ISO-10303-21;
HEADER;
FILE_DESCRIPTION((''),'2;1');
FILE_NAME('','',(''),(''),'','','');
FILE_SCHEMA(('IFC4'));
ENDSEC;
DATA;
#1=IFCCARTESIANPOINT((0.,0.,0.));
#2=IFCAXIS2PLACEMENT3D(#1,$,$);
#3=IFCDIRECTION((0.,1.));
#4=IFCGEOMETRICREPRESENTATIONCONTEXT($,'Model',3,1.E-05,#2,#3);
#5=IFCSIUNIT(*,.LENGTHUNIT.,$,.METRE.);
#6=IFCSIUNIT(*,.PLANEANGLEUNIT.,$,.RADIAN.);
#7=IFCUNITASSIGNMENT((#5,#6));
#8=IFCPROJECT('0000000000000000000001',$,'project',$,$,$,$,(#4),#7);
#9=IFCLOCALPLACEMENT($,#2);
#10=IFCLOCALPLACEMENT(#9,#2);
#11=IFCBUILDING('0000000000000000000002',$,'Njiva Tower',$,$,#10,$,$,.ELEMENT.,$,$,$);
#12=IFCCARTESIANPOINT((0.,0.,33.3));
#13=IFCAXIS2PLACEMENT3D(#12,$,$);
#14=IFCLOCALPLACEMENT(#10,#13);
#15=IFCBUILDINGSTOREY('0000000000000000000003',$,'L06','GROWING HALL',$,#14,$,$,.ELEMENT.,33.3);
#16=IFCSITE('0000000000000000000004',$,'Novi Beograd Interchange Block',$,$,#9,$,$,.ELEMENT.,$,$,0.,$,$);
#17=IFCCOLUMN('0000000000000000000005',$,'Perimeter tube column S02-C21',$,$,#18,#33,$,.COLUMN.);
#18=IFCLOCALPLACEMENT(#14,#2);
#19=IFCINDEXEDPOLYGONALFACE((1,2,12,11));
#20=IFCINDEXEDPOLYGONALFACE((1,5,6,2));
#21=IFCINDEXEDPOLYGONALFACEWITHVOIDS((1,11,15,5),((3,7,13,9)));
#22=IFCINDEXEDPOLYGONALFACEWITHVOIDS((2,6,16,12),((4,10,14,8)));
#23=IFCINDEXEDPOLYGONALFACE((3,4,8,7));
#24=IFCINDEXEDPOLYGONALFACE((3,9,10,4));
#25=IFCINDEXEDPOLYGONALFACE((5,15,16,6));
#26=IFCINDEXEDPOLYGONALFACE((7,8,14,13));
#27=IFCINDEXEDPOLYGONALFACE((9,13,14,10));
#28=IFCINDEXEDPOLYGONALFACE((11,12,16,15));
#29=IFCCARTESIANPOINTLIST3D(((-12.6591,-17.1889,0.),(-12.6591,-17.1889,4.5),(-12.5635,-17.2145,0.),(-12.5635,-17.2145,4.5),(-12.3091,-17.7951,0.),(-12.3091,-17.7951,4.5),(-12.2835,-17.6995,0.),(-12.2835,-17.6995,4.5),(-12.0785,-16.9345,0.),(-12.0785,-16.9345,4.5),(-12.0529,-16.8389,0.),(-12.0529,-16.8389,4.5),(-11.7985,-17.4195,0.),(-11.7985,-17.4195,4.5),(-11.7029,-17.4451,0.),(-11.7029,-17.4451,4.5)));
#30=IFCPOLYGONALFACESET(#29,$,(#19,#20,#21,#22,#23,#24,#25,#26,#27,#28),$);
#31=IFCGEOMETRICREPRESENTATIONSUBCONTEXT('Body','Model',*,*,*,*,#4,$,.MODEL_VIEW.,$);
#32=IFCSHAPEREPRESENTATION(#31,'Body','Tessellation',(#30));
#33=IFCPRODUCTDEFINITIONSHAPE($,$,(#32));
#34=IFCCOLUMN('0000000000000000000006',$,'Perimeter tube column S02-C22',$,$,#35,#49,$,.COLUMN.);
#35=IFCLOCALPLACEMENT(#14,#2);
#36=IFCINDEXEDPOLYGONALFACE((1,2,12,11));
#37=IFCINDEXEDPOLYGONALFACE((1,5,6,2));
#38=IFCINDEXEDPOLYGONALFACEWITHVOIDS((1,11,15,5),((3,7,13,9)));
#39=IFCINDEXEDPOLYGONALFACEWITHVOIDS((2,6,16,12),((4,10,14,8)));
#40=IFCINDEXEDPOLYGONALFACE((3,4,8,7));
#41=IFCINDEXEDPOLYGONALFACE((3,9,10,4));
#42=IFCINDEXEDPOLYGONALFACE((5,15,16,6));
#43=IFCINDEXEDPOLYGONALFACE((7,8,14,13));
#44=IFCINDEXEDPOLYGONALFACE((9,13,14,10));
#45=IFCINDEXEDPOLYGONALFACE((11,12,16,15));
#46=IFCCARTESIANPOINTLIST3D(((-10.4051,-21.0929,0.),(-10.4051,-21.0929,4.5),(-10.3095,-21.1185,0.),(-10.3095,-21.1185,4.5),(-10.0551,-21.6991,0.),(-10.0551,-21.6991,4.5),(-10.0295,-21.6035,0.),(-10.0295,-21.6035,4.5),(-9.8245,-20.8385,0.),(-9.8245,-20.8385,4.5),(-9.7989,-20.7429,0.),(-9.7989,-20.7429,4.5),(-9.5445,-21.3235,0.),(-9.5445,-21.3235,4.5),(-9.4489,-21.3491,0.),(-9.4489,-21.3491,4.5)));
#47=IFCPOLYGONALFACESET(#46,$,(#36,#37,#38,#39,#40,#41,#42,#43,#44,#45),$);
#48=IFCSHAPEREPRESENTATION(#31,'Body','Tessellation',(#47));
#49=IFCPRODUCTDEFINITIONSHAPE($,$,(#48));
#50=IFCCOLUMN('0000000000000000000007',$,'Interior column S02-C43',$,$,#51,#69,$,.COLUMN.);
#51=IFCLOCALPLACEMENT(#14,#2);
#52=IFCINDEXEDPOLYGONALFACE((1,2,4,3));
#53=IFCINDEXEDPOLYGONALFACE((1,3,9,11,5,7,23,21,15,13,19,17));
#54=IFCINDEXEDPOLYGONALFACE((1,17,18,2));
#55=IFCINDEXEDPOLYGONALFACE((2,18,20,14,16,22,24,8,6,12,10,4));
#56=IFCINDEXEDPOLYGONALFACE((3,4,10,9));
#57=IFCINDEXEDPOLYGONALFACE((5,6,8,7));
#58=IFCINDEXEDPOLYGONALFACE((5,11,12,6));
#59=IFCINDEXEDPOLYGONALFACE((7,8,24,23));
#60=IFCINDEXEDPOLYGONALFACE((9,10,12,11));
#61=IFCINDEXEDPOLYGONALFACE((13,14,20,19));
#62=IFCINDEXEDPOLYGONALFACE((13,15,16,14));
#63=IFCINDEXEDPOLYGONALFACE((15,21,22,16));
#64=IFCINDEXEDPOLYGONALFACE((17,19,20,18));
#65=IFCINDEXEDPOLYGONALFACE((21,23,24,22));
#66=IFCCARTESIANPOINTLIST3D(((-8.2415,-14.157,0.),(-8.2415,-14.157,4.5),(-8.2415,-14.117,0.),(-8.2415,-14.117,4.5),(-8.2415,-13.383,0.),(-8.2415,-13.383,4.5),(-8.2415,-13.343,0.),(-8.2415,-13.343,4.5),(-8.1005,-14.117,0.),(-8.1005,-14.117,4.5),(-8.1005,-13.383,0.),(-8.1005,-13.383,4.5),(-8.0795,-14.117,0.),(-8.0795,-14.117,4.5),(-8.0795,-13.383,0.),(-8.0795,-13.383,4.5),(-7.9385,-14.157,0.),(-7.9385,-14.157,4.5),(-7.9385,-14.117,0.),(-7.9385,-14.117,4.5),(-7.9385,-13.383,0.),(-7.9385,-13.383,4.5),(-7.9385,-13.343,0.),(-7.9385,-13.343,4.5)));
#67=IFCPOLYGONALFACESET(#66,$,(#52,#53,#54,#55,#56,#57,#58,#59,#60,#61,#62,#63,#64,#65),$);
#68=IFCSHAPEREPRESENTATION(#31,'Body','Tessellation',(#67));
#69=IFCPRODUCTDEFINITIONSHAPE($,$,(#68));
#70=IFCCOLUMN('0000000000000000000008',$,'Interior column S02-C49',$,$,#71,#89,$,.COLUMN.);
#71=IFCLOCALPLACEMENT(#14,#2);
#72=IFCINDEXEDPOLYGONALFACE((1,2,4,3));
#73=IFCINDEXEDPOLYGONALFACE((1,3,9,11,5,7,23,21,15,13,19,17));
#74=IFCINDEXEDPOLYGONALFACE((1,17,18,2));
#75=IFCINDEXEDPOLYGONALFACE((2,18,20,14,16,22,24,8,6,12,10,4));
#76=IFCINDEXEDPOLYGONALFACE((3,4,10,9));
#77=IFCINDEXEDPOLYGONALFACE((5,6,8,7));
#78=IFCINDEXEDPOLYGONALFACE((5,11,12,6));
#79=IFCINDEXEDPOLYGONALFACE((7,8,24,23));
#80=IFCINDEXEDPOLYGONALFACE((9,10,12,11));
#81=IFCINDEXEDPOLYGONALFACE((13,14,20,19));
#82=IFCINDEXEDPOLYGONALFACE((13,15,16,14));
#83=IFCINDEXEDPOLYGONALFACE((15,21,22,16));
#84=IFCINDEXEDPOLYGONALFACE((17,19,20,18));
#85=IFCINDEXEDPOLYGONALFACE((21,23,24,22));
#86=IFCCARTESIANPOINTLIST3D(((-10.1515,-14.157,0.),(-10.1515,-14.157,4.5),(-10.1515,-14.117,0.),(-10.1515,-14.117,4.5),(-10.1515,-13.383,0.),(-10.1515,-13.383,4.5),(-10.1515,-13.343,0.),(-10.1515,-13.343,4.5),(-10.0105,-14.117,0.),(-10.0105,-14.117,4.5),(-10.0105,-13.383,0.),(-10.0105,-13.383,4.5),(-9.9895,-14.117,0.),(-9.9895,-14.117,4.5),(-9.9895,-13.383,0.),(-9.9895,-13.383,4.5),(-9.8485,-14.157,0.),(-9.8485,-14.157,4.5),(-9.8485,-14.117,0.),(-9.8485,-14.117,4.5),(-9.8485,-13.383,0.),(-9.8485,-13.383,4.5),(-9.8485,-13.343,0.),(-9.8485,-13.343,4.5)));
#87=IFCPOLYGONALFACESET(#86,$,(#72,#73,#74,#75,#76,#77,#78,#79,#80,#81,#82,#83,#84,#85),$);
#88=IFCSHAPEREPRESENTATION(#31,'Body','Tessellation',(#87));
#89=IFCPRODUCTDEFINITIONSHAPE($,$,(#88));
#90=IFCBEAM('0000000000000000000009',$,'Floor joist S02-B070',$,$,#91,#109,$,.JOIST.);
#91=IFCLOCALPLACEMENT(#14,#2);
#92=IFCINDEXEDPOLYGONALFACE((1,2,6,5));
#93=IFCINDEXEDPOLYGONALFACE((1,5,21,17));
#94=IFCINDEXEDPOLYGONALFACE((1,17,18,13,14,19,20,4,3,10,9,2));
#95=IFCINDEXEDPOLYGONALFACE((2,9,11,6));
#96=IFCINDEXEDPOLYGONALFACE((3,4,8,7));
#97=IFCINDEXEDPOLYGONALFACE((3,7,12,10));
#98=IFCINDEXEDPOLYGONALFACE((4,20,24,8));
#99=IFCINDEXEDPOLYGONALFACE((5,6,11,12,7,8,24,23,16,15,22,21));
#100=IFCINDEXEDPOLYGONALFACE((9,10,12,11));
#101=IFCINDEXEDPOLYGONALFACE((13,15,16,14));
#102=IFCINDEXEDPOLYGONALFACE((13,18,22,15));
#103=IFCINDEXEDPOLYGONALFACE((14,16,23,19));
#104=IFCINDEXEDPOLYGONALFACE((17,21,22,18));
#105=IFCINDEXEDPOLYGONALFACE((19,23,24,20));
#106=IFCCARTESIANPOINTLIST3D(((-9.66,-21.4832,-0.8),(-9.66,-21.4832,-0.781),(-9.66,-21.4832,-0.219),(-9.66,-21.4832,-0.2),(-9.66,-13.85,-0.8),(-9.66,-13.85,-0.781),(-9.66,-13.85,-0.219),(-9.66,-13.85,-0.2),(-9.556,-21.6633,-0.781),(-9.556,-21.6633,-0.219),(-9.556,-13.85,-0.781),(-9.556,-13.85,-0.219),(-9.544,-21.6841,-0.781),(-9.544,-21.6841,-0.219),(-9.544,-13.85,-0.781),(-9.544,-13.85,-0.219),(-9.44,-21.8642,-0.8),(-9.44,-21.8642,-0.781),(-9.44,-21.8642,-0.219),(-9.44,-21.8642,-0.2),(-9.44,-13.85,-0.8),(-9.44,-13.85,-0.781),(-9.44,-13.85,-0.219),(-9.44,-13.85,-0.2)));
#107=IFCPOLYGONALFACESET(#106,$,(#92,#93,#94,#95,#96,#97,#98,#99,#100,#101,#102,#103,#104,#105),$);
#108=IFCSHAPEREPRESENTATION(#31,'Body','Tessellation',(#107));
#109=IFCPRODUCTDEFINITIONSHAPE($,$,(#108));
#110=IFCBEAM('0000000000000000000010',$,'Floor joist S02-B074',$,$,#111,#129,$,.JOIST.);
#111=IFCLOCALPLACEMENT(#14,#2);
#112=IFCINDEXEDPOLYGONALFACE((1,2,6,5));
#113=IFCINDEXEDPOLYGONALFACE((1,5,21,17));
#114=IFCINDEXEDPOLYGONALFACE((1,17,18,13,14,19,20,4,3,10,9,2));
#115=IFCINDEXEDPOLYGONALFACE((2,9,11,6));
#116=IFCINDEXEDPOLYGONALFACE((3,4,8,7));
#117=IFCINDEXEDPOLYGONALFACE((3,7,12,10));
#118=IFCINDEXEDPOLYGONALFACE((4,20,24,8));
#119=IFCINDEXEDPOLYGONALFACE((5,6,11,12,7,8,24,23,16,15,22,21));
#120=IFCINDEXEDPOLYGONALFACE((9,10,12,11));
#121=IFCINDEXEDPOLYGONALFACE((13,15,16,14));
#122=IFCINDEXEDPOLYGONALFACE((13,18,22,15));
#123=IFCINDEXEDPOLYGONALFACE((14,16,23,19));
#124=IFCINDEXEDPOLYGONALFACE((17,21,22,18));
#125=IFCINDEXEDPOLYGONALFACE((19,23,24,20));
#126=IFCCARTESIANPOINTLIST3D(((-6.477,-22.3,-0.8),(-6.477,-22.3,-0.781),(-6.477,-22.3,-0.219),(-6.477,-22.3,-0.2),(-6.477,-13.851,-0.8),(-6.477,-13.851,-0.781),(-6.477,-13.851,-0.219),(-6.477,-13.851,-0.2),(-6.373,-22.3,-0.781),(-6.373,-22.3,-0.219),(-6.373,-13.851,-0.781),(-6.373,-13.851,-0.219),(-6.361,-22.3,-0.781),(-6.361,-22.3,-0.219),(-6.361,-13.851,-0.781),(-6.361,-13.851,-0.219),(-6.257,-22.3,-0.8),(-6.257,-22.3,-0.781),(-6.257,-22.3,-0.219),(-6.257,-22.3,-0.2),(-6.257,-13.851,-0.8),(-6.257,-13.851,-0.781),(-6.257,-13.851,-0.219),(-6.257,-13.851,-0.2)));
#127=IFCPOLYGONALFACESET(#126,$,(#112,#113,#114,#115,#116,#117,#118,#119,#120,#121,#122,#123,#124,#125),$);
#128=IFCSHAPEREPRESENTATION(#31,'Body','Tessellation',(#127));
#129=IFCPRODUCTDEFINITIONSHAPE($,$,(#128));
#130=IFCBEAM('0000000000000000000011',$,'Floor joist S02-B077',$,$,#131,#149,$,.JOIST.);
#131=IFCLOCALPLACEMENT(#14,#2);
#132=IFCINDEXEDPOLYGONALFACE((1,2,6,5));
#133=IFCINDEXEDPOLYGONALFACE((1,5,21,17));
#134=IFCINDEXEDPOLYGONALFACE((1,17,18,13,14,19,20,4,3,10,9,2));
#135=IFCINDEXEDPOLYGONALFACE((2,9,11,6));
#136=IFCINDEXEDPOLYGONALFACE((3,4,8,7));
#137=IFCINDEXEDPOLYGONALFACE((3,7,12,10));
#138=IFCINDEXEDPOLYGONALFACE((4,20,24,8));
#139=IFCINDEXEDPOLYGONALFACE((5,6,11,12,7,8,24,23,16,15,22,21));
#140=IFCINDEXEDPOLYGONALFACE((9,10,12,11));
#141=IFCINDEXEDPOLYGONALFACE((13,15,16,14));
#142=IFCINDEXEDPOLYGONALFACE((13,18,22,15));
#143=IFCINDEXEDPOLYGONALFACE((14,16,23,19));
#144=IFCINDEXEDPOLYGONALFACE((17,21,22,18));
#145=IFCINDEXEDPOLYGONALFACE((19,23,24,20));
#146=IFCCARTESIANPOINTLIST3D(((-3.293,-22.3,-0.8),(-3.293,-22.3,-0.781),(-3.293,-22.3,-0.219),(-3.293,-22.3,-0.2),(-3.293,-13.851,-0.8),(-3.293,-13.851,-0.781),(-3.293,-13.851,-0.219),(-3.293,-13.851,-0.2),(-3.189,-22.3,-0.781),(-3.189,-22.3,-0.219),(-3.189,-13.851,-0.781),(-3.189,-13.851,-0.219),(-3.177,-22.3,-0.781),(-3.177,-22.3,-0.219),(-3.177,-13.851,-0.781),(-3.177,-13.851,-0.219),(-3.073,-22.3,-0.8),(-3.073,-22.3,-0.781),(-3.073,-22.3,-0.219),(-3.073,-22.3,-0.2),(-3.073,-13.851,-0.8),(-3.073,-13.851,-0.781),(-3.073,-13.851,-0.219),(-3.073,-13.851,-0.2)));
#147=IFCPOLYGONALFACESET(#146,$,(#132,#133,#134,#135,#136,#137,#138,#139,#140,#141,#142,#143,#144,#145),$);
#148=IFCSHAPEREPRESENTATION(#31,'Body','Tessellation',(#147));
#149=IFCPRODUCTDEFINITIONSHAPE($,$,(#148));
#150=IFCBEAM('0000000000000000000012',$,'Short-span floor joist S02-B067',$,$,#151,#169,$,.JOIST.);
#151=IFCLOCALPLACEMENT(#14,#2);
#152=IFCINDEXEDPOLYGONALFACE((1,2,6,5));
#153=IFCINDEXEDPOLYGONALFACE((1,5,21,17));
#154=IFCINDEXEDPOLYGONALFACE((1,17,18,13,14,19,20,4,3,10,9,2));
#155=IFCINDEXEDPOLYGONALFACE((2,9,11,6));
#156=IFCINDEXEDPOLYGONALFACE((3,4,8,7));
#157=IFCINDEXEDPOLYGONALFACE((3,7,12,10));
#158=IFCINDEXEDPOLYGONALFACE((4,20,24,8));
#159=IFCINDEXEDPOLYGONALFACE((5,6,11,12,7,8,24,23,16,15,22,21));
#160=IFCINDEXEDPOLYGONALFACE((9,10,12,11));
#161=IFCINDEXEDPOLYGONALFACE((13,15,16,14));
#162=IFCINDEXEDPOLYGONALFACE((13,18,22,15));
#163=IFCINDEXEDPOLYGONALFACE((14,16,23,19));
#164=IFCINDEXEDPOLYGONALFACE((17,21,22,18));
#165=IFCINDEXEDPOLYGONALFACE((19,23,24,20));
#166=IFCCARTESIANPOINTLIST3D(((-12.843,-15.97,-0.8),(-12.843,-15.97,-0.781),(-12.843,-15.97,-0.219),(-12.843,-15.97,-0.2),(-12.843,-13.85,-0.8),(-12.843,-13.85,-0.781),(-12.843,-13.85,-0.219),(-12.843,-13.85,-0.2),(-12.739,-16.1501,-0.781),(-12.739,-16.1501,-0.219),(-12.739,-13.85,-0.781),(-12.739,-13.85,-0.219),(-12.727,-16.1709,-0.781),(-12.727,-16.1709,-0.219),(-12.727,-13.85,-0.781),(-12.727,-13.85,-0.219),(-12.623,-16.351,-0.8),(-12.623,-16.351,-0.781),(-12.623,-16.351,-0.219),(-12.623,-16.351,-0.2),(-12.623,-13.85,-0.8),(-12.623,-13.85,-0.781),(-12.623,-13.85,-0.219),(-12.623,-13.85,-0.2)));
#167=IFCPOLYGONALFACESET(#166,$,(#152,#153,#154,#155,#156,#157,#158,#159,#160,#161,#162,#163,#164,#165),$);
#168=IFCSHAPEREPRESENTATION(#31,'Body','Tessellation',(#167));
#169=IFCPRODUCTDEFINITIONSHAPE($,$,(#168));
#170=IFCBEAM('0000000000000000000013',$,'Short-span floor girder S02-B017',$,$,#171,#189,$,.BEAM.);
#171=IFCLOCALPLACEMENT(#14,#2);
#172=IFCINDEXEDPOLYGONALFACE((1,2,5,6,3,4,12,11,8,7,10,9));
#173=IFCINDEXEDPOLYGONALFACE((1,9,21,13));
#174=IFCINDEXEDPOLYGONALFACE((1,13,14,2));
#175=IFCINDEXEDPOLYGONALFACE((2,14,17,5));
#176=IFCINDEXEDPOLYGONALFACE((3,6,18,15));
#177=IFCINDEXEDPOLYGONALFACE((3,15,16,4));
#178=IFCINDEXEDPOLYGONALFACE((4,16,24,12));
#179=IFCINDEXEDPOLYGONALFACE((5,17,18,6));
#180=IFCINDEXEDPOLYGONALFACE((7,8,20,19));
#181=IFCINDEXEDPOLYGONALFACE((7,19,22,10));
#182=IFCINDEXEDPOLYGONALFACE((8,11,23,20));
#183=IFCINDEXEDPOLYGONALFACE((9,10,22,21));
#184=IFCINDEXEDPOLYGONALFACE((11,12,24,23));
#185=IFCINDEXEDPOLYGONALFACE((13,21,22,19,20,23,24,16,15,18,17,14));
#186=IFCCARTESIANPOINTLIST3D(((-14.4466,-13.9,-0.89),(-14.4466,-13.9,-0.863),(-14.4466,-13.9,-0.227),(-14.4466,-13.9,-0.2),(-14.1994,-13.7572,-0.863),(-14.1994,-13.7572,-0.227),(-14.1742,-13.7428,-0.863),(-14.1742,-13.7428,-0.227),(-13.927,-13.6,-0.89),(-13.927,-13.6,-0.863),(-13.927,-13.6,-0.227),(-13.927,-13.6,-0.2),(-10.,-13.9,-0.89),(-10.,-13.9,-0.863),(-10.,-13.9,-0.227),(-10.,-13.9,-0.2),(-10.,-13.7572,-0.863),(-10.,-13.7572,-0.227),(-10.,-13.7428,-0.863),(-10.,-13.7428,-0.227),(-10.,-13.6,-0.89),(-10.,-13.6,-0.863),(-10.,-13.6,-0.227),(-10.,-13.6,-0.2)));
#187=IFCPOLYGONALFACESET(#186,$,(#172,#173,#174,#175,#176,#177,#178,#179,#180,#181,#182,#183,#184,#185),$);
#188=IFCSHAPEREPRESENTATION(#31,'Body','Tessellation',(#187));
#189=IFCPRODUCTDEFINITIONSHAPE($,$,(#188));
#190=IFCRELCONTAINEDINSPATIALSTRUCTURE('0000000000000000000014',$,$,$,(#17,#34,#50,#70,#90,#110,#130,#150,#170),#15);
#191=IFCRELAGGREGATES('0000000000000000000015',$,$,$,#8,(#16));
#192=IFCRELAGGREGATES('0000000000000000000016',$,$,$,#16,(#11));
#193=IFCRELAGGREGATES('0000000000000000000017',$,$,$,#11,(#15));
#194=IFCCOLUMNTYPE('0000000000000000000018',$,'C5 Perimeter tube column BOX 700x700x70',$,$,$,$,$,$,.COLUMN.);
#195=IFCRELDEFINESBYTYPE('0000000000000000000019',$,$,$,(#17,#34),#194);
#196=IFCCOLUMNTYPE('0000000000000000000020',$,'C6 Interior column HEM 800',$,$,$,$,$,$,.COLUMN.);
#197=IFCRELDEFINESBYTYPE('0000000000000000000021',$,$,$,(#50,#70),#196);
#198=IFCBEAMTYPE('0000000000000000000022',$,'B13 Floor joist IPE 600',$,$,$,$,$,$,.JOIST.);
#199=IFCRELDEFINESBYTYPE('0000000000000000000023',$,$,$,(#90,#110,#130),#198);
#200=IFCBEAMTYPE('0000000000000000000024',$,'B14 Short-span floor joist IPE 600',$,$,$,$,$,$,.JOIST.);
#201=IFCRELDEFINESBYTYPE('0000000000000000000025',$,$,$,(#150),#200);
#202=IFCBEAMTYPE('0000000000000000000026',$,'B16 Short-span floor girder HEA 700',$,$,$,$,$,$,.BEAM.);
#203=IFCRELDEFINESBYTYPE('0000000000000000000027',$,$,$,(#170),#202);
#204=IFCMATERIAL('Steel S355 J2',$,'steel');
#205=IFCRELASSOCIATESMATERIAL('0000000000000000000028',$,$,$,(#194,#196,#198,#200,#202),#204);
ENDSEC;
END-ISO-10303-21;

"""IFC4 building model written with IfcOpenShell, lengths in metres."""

from ifc_helpers import new_model, si_unit, direction, frame, origin, origin_2d, place, context, subcontext, project, spatial, hollow_rectangle, i_section, extrude, clip, halfspace, material, material_profile, profile_set, type_object, element, save


model = new_model("IFC4")

# Units and contexts
model_context = context("Model", 3, precision=1e-05, world=origin(), true_north=direction((0.0, 1.0)))
body_context = subcontext(model_context, "Body", "Model", "MODEL_VIEW")
ifc_project = project(units=[si_unit("LENGTHUNIT", "METRE"), si_unit("PLANEANGLEUNIT", "RADIAN")], contexts=[model_context])

# Site, building, storey
site_placement = place(None, origin())
site = spatial("IfcSite", under=ifc_project, at=site_placement, Name="Novi Beograd Interchange Block", CompositionType="ELEMENT", RefElevation=0.0)
building_placement = place(site_placement, origin())
building = spatial("IfcBuilding", under=site, at=building_placement, Name="Njiva Tower", CompositionType="ELEMENT")
storey_placement = place(building_placement, frame((0.0, 0.0, 33.3)))
storey = spatial("IfcBuildingStorey", under=building, at=storey_placement, Name="L06", Description="GROWING HALL", CompositionType="ELEMENT", Elevation=33.3)

# Columns
ifc_material_1 = material(Name="Steel S355 J2", Category="steel")
ifc_material_profile_1 = material_profile(ifc_material_1, hollow_rectangle(XDim=0.7, YDim=0.7, WallThickness=0.07, at=origin_2d()), Name="BOX 700x700x70")
ifc_profile_set_1 = profile_set([ifc_material_profile_1], Name="Steel S355 J2")
column_type_1 = type_object("IfcColumnType", Name="C5 Perimeter tube column BOX 700x700x70", PredefinedType="COLUMN", material=ifc_profile_set_1)
for number, where, z_axis, x_axis, name in (
    (1, (-12.181, -17.317, 0.0), (0.0, 0.0, 1.0), (0.5, -0.866025, 0.0), "Perimeter tube column S02-C21"),
    (2, (-9.927, -21.221, 0.0), (0.0, 0.0, 1.0), (0.5, -0.866025, 0.0), "Perimeter tube column S02-C22"),
):
    element("IfcColumn", number, at=place(storey_placement, frame(where, z_axis=z_axis, x_axis=x_axis)), inside=storey, type_object=column_type_1, Name=name, PredefinedType="COLUMN", context=body_context, shape_type="SweptSolid", body=[
        extrude(hollow_rectangle(XDim=0.7, YDim=0.7, WallThickness=0.07, at=origin_2d()), origin(), (0.0, 0.0, 1.0), 4.5),
    ])
ifc_material_profile_2 = material_profile(ifc_material_1, i_section(OverallWidth=0.303, OverallDepth=0.814, WebThickness=0.021, FlangeThickness=0.04, at=origin_2d()), Name="HEM 800")
ifc_profile_set_2 = profile_set([ifc_material_profile_2], Name="Steel S355 J2")
column_type_2 = type_object("IfcColumnType", Name="C6 Interior column HEM 800", PredefinedType="COLUMN", material=ifc_profile_set_2)
for number, where, z_axis, x_axis, name in (
    (3, (-8.09, -13.75, 0.0), (0.0, 0.0, 1.0), (1.0, 0.0, 0.0), "Interior column S02-C43"),
    (4, (-10.0, -13.75, 0.0), (0.0, 0.0, 1.0), (1.0, 0.0, 0.0), "Interior column S02-C49"),
):
    element("IfcColumn", number, at=place(storey_placement, frame(where, z_axis=z_axis, x_axis=x_axis)), inside=storey, type_object=column_type_2, Name=name, PredefinedType="COLUMN", context=body_context, shape_type="SweptSolid", body=[
        extrude(i_section(OverallWidth=0.303, OverallDepth=0.814, WebThickness=0.021, FlangeThickness=0.04, at=origin_2d()), origin(), (0.0, 0.0, 1.0), 4.5),
    ])

# Beams
ifc_material_profile_3 = material_profile(ifc_material_1, i_section(OverallWidth=0.22, OverallDepth=0.6, WebThickness=0.012, FlangeThickness=0.019, at=origin_2d()), Name="IPE 600")
ifc_profile_set_3 = profile_set([ifc_material_profile_3], Name="Steel S355 J2")
beam_type_1 = type_object("IfcBeamType", Name="B13 Floor joist IPE 600", PredefinedType="JOIST", material=ifc_profile_set_3)
beam_1_placement = place(storey_placement, frame((-9.55, -13.85, -0.5), z_axis=(0.0, -1.0, 0.0), x_axis=(1.0, 0.0, 0.0)))
element("IfcBeam", 5, at=beam_1_placement, inside=storey, type_object=beam_type_1, Name="Floor joist S02-B070", PredefinedType="JOIST", context=body_context, shape_type="Clipping", body=[
    clip(extrude(i_section(OverallWidth=0.22, OverallDepth=0.6, WebThickness=0.012, FlangeThickness=0.019, at=origin_2d()), origin(), (0.0, 0.0, 1.0), 8.035), halfspace(frame((-0.0433, 0.0, 7.7487), z_axis=(-0.866027, 0.0, 0.499998), x_axis=(0.0, 1.0, 0.0)), False)),
])
for number, where, z_axis, x_axis, name in (
    (6, (-6.367, -13.851, -0.5), (0.0, -1.0, 0.0), (1.0, 0.0, 0.0), "Floor joist S02-B074"),
    (7, (-3.183, -13.851, -0.5), (0.0, -1.0, 0.0), (1.0, 0.0, 0.0), "Floor joist S02-B077"),
):
    element("IfcBeam", number, at=place(storey_placement, frame(where, z_axis=z_axis, x_axis=x_axis)), inside=storey, type_object=beam_type_1, Name=name, PredefinedType="JOIST", context=body_context, shape_type="SweptSolid", body=[
        extrude(i_section(OverallWidth=0.22, OverallDepth=0.6, WebThickness=0.012, FlangeThickness=0.019, at=origin_2d()), origin(), (0.0, 0.0, 1.0), 8.449),
    ])
ifc_material_profile_4 = material_profile(ifc_material_1, i_section(OverallWidth=0.22, OverallDepth=0.6, WebThickness=0.012, FlangeThickness=0.019, at=origin_2d()), Name="IPE 600")
ifc_profile_set_4 = profile_set([ifc_material_profile_4], Name="Steel S355 J2")
beam_type_2 = type_object("IfcBeamType", Name="B14 Short-span floor joist IPE 600", PredefinedType="JOIST", material=ifc_profile_set_4)
beam_2_placement = place(storey_placement, frame((-12.733, -13.85, -0.5), z_axis=(0.0, -1.0, 0.0), x_axis=(1.0, 0.0, 0.0)))
element("IfcBeam", 8, at=beam_2_placement, inside=storey, type_object=beam_type_2, Name="Short-span floor joist S02-B067", PredefinedType="JOIST", context=body_context, shape_type="Clipping", body=[
    clip(extrude(i_section(OverallWidth=0.22, OverallDepth=0.6, WebThickness=0.012, FlangeThickness=0.019, at=origin_2d()), origin(), (0.0, 0.0, 1.0), 2.521), halfspace(frame((-0.0436, 0.0, 2.235), z_axis=(-0.866027, 0.0, 0.499998), x_axis=(0.0, 1.0, 0.0)), False)),
])
ifc_material_profile_5 = material_profile(ifc_material_1, i_section(OverallWidth=0.3, OverallDepth=0.69, WebThickness=0.0145, FlangeThickness=0.027, at=origin_2d()), Name="HEA 700")
ifc_profile_set_5 = profile_set([ifc_material_profile_5], Name="Steel S355 J2")
beam_type_3 = type_object("IfcBeamType", Name="B16 Short-span floor girder HEA 700", PredefinedType="BEAM", material=ifc_profile_set_5)
beam_3_placement = place(storey_placement, frame((-14.467, -13.75, -0.545), z_axis=(1.0, 0.0, 0.0), x_axis=(0.0, 1.0, 0.0)))
element("IfcBeam", 9, at=beam_3_placement, inside=storey, type_object=beam_type_3, Name="Short-span floor girder S02-B017", PredefinedType="BEAM", context=body_context, shape_type="Clipping", body=[
    clip(extrude(i_section(OverallWidth=0.3, OverallDepth=0.69, WebThickness=0.0145, FlangeThickness=0.027, at=origin_2d()), origin(), (0.0, 0.0, 1.0), 4.467), halfspace(frame((0.0433, 0.0, 0.3552), z_axis=(0.866027, 0.0, -0.499998), x_axis=(0.0, -1.0, 0.0)), False)),
])

save(model, "model.ifc")
